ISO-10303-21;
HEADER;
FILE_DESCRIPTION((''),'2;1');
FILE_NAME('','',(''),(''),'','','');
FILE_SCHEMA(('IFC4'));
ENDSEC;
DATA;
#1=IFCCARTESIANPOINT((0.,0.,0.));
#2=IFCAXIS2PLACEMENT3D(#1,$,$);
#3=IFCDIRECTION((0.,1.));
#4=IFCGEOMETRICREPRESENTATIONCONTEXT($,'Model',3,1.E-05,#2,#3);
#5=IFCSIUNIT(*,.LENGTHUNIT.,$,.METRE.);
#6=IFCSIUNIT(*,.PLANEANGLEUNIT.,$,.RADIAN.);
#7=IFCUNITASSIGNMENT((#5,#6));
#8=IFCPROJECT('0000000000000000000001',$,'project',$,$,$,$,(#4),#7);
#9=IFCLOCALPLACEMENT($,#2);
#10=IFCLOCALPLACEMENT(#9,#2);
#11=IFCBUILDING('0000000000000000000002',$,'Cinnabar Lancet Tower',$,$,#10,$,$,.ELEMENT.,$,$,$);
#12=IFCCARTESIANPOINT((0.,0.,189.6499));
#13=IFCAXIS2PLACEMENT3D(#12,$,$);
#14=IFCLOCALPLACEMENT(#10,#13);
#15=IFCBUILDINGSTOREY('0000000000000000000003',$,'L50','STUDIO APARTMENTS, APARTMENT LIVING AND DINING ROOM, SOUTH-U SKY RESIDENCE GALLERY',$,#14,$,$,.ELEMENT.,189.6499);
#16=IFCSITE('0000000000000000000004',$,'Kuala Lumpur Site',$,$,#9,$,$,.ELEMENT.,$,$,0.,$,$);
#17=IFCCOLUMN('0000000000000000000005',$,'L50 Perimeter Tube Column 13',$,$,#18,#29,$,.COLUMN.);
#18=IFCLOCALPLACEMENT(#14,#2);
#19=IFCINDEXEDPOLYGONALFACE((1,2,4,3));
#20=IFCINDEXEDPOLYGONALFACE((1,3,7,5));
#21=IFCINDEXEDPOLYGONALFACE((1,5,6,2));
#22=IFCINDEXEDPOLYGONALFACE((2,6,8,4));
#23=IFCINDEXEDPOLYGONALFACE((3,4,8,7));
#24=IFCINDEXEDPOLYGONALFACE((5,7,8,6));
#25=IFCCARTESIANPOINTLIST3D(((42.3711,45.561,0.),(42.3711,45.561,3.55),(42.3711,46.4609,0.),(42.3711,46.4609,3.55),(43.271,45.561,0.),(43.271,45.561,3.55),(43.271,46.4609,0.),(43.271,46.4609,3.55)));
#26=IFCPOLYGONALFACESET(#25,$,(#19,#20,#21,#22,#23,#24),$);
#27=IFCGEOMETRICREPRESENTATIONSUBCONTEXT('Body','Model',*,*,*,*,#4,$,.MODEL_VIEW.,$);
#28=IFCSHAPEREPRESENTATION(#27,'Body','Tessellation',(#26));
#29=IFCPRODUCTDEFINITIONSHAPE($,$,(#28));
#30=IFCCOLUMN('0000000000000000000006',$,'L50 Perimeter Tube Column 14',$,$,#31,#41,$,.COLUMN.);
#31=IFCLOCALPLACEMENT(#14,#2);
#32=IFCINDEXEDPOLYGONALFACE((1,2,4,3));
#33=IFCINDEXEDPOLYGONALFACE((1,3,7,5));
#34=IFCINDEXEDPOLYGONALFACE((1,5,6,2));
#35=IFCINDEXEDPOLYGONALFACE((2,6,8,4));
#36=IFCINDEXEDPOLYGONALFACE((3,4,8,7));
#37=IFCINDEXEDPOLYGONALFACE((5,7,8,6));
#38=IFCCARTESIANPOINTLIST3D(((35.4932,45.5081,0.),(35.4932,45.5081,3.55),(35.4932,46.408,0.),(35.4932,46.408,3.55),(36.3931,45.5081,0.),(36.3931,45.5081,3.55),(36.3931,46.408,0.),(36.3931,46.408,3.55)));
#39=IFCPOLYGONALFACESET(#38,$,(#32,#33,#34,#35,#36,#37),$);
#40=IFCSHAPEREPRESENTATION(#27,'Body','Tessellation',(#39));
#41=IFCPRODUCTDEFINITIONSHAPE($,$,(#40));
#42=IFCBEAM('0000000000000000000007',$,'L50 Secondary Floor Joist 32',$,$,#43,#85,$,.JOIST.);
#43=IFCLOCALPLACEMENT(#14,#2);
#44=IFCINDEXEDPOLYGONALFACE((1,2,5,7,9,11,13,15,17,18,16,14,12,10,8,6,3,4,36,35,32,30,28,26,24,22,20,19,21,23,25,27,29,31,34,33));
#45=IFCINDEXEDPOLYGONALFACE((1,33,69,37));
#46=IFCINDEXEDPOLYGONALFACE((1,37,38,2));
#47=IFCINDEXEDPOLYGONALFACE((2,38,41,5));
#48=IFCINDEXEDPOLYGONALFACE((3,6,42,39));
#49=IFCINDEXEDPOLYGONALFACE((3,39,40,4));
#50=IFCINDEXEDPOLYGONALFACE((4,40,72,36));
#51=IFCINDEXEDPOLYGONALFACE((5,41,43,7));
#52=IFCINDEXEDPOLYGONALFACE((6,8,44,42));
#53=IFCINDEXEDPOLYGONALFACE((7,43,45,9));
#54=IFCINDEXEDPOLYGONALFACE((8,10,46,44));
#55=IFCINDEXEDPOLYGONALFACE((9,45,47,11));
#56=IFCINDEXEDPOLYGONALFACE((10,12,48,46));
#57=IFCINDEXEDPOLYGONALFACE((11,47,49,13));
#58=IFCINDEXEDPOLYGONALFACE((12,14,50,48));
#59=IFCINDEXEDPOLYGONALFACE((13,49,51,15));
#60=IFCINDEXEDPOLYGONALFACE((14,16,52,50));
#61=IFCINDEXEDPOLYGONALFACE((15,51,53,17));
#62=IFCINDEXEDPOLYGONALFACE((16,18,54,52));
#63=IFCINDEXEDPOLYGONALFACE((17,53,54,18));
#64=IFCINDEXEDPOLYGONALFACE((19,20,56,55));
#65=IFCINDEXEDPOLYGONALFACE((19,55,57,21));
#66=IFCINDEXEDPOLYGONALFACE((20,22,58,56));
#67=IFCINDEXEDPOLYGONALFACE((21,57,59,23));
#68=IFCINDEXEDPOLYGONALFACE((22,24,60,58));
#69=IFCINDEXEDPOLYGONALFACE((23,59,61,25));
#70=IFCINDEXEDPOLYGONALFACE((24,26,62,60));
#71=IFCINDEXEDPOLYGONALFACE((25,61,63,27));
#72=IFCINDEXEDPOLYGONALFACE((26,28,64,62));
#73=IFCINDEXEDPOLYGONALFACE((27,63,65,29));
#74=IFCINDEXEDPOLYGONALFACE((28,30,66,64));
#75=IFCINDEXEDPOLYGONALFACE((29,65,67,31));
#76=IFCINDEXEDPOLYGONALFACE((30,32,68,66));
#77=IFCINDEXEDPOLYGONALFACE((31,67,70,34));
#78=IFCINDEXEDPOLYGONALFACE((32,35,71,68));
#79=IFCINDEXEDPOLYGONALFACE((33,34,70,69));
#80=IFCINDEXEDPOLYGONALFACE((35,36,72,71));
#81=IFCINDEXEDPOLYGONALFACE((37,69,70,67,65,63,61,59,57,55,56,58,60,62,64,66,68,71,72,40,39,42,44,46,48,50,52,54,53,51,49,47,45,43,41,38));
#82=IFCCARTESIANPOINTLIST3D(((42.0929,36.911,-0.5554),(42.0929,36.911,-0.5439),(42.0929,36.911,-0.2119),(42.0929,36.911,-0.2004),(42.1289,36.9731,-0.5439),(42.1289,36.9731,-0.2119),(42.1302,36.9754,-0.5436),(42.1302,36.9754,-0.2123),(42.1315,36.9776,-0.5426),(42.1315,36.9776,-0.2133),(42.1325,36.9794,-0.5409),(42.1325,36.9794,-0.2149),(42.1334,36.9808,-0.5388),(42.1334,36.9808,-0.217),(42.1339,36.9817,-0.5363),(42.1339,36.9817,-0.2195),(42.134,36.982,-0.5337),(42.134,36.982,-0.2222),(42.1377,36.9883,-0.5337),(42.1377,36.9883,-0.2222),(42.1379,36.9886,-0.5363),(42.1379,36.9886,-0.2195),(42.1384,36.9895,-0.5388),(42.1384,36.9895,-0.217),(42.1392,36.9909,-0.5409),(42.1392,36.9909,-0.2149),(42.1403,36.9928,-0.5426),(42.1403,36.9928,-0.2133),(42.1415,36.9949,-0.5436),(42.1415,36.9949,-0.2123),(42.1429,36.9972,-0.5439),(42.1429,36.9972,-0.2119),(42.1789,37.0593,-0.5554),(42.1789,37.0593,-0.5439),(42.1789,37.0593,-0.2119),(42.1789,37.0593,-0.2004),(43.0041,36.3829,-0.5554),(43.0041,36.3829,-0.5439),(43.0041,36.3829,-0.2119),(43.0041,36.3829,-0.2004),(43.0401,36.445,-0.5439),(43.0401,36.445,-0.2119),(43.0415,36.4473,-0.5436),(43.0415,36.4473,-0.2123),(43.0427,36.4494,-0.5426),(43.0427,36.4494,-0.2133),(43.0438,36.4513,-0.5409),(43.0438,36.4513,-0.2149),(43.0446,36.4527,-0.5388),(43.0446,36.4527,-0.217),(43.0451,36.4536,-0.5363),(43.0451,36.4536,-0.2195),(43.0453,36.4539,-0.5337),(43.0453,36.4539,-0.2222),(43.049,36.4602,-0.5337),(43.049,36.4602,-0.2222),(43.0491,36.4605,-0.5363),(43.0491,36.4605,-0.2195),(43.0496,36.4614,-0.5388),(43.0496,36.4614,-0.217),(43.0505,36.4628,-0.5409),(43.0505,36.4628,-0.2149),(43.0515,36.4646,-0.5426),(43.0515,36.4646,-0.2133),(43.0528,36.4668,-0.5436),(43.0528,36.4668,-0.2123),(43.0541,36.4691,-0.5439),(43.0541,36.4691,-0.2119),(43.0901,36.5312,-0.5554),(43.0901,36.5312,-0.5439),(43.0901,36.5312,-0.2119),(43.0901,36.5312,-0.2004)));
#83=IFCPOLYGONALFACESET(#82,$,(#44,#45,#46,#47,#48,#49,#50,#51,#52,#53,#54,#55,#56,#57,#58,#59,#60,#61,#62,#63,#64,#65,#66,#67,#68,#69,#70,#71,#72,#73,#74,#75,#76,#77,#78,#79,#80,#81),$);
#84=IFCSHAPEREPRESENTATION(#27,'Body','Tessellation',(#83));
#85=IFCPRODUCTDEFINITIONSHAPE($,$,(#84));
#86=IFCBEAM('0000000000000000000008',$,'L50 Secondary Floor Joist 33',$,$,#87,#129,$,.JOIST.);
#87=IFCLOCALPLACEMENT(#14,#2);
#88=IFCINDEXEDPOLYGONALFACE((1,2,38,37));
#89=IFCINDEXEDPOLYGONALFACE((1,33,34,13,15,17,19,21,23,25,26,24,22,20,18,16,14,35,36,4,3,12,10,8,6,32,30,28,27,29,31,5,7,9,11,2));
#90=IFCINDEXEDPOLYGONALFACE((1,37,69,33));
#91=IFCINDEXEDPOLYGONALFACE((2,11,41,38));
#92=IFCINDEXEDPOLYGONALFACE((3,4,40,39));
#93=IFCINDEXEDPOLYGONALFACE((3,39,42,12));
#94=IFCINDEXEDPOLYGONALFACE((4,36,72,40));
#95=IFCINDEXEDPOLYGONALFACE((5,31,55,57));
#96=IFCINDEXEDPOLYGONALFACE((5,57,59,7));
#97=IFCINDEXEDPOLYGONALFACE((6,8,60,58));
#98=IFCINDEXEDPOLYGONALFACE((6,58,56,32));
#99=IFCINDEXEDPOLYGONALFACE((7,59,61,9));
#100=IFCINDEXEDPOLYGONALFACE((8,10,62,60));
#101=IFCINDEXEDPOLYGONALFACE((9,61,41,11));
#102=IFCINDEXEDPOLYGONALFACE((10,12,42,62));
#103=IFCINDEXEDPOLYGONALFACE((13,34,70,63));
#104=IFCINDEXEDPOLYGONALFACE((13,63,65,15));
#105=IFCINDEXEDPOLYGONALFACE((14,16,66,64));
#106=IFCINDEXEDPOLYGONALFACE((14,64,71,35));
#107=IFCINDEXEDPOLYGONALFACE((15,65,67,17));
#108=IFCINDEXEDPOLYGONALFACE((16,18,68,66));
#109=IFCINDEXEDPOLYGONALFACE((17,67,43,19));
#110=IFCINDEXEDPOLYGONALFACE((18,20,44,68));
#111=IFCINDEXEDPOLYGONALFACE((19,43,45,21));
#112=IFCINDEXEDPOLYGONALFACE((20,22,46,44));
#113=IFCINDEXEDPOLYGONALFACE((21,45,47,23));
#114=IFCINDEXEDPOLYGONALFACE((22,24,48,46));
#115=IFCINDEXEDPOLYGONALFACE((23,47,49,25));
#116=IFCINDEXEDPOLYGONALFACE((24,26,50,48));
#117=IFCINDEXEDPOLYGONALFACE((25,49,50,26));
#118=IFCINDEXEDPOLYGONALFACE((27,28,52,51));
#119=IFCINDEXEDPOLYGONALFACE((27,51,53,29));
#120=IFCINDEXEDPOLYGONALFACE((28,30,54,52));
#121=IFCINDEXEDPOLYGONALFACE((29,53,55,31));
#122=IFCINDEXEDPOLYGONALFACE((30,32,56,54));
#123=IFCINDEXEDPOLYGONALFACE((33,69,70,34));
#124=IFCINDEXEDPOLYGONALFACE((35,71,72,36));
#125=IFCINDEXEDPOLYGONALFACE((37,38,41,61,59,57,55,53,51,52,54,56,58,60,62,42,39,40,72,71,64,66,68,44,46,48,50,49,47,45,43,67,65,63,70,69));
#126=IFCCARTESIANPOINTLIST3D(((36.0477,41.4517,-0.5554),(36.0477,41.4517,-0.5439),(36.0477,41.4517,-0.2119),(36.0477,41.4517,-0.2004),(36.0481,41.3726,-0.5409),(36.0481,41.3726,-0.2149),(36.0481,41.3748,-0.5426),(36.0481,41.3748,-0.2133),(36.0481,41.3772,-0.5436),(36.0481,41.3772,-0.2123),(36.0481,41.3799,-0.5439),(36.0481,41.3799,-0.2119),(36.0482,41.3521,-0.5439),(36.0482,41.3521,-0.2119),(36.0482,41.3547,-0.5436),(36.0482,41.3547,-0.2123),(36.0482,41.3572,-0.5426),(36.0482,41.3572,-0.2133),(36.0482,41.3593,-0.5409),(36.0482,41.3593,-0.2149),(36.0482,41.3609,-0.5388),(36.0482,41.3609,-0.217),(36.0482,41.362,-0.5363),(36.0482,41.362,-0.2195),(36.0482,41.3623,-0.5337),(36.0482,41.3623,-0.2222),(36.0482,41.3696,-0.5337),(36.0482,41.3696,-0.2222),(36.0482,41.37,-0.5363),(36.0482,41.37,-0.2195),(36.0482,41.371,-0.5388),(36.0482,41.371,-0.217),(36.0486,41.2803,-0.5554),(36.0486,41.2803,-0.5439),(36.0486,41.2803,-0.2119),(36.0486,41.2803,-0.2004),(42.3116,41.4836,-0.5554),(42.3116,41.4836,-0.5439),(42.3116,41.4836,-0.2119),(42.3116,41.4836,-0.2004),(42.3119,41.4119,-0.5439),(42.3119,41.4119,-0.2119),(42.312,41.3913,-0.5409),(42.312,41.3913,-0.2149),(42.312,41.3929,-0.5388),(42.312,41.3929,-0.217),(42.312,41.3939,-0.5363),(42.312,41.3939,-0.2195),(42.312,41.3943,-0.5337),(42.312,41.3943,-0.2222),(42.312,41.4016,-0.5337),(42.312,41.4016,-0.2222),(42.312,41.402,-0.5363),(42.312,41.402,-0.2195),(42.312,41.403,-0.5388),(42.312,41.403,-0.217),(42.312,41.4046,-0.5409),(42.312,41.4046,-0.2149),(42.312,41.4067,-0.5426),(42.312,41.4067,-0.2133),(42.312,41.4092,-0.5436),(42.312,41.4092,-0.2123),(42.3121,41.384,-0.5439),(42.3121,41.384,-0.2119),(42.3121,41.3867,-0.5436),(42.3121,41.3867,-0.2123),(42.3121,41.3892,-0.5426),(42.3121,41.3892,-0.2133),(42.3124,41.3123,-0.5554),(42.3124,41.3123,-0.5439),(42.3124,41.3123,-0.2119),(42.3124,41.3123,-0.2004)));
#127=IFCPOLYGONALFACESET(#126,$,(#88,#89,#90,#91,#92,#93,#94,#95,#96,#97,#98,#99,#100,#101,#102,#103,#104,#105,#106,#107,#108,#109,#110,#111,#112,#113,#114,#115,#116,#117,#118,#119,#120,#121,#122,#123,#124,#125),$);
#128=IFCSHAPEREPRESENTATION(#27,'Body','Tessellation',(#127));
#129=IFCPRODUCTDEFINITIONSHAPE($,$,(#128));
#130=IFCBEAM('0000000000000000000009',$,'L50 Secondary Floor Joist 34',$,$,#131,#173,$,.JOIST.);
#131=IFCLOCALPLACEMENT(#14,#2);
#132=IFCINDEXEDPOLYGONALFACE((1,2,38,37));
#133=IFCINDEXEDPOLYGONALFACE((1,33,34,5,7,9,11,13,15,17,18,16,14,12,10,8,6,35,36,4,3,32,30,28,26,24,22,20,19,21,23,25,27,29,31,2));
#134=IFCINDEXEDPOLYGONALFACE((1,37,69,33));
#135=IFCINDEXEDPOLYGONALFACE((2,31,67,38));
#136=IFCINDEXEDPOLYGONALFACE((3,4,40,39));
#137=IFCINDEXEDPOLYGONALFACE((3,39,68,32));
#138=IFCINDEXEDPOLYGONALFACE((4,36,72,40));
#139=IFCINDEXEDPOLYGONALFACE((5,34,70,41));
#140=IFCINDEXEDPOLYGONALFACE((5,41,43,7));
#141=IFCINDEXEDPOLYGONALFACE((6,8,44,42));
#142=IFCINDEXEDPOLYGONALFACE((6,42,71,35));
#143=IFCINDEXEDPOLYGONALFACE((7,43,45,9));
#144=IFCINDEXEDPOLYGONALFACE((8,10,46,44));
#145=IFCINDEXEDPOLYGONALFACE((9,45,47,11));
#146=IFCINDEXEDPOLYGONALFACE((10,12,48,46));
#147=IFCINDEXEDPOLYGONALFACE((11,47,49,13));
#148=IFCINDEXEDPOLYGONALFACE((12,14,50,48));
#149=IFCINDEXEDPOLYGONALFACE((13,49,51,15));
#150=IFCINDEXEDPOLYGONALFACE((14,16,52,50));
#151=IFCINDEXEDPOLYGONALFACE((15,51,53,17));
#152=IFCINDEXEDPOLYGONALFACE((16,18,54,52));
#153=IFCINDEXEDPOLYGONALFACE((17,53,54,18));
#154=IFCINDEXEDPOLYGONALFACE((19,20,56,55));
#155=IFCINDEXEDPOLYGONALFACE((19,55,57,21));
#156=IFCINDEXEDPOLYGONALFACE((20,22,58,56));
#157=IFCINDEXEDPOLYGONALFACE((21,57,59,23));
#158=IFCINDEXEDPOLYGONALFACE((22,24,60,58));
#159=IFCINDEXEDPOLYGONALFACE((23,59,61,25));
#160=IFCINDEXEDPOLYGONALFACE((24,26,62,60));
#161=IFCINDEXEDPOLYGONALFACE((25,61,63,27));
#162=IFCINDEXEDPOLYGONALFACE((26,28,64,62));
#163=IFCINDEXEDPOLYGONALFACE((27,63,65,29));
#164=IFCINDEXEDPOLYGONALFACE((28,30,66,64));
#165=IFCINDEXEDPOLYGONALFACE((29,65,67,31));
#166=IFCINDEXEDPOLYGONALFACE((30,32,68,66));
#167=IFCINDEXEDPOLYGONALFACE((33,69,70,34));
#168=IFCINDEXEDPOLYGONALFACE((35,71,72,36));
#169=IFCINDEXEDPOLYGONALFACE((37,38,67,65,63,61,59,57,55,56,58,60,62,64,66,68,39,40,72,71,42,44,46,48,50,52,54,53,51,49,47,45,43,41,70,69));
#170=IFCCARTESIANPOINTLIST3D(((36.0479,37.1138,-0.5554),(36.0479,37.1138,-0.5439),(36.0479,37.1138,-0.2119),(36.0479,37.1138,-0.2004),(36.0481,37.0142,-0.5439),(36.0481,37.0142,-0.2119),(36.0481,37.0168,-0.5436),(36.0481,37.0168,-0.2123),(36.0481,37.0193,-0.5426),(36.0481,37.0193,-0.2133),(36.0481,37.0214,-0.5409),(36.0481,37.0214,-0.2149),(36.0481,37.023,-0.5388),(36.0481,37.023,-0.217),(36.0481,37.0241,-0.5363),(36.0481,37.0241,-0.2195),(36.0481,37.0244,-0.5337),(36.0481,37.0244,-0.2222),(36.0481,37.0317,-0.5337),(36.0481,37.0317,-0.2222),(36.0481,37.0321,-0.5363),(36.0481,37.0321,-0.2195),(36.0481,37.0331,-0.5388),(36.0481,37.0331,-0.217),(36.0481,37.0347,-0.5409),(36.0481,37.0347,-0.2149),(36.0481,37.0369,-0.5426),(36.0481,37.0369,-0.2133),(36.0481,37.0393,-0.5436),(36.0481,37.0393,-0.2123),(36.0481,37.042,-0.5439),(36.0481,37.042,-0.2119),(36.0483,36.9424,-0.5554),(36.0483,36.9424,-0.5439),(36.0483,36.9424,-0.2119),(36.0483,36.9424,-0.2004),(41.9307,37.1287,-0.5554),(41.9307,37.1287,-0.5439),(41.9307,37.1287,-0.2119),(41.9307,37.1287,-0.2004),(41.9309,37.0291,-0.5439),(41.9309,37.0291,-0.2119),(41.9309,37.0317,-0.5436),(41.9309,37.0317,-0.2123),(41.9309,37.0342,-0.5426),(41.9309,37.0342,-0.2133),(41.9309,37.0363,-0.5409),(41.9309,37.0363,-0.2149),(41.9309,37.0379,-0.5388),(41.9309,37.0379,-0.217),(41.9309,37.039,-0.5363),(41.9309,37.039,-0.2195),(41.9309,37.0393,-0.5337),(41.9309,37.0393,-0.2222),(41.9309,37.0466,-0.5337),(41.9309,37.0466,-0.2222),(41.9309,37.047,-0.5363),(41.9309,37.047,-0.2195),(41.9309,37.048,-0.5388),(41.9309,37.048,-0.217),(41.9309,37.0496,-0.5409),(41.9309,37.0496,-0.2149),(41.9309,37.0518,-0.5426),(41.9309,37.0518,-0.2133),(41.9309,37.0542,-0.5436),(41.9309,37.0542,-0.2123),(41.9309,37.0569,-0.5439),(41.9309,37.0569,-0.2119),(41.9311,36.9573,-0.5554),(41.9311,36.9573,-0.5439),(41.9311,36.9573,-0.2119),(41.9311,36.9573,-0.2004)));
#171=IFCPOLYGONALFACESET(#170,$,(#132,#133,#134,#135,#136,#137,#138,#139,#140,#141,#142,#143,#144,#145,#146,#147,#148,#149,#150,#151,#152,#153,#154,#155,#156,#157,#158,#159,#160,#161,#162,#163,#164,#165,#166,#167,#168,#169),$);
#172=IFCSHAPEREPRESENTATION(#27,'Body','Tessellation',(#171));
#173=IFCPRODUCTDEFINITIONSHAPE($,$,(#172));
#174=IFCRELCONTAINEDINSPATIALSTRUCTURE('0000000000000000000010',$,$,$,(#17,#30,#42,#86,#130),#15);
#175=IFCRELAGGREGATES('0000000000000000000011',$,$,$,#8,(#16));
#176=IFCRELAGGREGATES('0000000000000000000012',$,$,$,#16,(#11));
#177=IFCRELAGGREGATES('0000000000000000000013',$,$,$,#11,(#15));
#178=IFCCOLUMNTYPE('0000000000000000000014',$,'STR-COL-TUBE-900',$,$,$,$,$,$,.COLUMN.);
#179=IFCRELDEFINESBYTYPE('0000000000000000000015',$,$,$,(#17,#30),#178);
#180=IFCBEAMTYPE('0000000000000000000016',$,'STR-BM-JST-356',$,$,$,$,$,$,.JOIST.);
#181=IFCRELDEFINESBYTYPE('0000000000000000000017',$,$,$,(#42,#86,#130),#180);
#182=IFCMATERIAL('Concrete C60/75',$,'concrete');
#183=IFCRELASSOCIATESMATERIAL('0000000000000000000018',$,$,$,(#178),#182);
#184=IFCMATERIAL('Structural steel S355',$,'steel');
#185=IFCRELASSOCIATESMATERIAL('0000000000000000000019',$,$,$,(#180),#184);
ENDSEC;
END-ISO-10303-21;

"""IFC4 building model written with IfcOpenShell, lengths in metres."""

from ifc_helpers import new_model, si_unit, direction, frame, origin, origin_2d, place, context, subcontext, project, spatial, rectangle, i_section, extrude, material, material_profile, profile_set, type_object, element, save


model = new_model("IFC4")

# Units and contexts
model_context = context("Model", 3, precision=1e-05, world=origin(), true_north=direction((0.0, 1.0)))
body_context = subcontext(model_context, "Body", "Model", "MODEL_VIEW")
ifc_project = project(units=[si_unit("LENGTHUNIT", "METRE"), si_unit("PLANEANGLEUNIT", "RADIAN")], contexts=[model_context])

# Site, building, storey
site_placement = place(None, origin())
site = spatial("IfcSite", under=ifc_project, at=site_placement, Name="Kuala Lumpur Site", CompositionType="ELEMENT", RefElevation=0.0)
building_placement = place(site_placement, origin())
building = spatial("IfcBuilding", under=site, at=building_placement, Name="Cinnabar Lancet Tower", CompositionType="ELEMENT")
storey_placement = place(building_placement, frame((0.0, 0.0, 189.6499)))
storey = spatial("IfcBuildingStorey", under=building, at=storey_placement, Name="L50", Description="STUDIO APARTMENTS, APARTMENT LIVING AND DINING ROOM, SOUTH-U SKY RESIDENCE GALLERY", CompositionType="ELEMENT", Elevation=189.6499)

# Columns
ifc_material_1 = material(Name="Concrete C60/75", Category="concrete")
ifc_material_profile_1 = material_profile(ifc_material_1, rectangle(XDim=0.8999, YDim=0.8999, at=origin_2d()), Name="RC-COL 900x900")
ifc_profile_set_1 = profile_set([ifc_material_profile_1], Name="Concrete C60/75")
column_type = type_object("IfcColumnType", Name="STR-COL-TUBE-900", PredefinedType="COLUMN", material=ifc_profile_set_1)
for number, where, z_axis, x_axis, name in (
    (1, (42.821, 46.011, 0.0), (0.0, 0.0, 1.0), (1.0, 0.0, 0.0), "L50 Perimeter Tube Column 13"),
    (2, (35.9431, 45.958, 0.0), (0.0, 0.0, 1.0), (1.0, 0.0, 0.0), "L50 Perimeter Tube Column 14"),
):
    element("IfcColumn", number, at=place(storey_placement, frame(where, z_axis=z_axis, x_axis=x_axis)), inside=storey, type_object=column_type, Name=name, PredefinedType="COLUMN", context=body_context, shape_type="SweptSolid", body=[
        extrude(rectangle(XDim=0.8999, YDim=0.8999, at=origin_2d()), origin(), (0.0, 0.0, 1.0), 3.55),
    ])

# Beams
ifc_material_2 = material(Name="Structural steel S355", Category="steel")
ifc_material_profile_2 = material_profile(ifc_material_2, i_section(OverallWidth=0.1714, OverallDepth=0.355, WebThickness=0.0073, FlangeThickness=0.0115, FilletRadius=0.0103, at=origin_2d()), Name="UKB 356x171x51")
ifc_profile_set_2 = profile_set([ifc_material_profile_2], Name="Structural steel S355")
beam_type_1 = type_object("IfcBeamType", Name="STR-BM-JST-356", PredefinedType="JOIST", material=ifc_profile_set_2)
beam_1_placement = place(storey_placement, frame((43.0471, 36.457, -0.3779), z_axis=(-0.865188, 0.501447, 0.0), x_axis=(-0.501447, -0.865188, 0.0)))
element("IfcBeam", 3, at=beam_1_placement, inside=storey, type_object=beam_type_1, Name="L50 Secondary Floor Joist 32", PredefinedType="JOIST", context=body_context, shape_type="SweptSolid", body=[
    extrude(i_section(OverallWidth=0.1714, OverallDepth=0.355, WebThickness=0.0073, FlangeThickness=0.0115, FilletRadius=0.0103, at=origin_2d()), origin(), (0.0, 0.0, 1.0), 1.0532),
])
beam_2_placement = place(storey_placement, frame((42.312, 41.3979, -0.3779), z_axis=(-0.999987, -0.005106, 0.0), x_axis=(0.005106, -0.999987, 0.0)))
element("IfcBeam", 4, at=beam_2_placement, inside=storey, type_object=beam_type_1, Name="L50 Secondary Floor Joist 33", PredefinedType="JOIST", context=body_context, shape_type="SweptSolid", body=[
    extrude(i_section(OverallWidth=0.1714, OverallDepth=0.355, WebThickness=0.0073, FlangeThickness=0.0115, FilletRadius=0.0103, at=origin_2d()), origin(), (0.0, 0.0, 1.0), 6.2639),
])
beam_3_placement = place(storey_placement, frame((41.9309, 37.043, -0.3779), z_axis=(-0.999997, -0.002532, 0.0), x_axis=(0.002532, -0.999997, 0.0)))
element("IfcBeam", 5, at=beam_3_placement, inside=storey, type_object=beam_type_1, Name="L50 Secondary Floor Joist 34", PredefinedType="JOIST", context=body_context, shape_type="SweptSolid", body=[
    extrude(i_section(OverallWidth=0.1714, OverallDepth=0.355, WebThickness=0.0073, FlangeThickness=0.0115, FilletRadius=0.0103, at=origin_2d()), origin(), (0.0, 0.0, 1.0), 5.8828),
])

save(model, "model.ifc")
